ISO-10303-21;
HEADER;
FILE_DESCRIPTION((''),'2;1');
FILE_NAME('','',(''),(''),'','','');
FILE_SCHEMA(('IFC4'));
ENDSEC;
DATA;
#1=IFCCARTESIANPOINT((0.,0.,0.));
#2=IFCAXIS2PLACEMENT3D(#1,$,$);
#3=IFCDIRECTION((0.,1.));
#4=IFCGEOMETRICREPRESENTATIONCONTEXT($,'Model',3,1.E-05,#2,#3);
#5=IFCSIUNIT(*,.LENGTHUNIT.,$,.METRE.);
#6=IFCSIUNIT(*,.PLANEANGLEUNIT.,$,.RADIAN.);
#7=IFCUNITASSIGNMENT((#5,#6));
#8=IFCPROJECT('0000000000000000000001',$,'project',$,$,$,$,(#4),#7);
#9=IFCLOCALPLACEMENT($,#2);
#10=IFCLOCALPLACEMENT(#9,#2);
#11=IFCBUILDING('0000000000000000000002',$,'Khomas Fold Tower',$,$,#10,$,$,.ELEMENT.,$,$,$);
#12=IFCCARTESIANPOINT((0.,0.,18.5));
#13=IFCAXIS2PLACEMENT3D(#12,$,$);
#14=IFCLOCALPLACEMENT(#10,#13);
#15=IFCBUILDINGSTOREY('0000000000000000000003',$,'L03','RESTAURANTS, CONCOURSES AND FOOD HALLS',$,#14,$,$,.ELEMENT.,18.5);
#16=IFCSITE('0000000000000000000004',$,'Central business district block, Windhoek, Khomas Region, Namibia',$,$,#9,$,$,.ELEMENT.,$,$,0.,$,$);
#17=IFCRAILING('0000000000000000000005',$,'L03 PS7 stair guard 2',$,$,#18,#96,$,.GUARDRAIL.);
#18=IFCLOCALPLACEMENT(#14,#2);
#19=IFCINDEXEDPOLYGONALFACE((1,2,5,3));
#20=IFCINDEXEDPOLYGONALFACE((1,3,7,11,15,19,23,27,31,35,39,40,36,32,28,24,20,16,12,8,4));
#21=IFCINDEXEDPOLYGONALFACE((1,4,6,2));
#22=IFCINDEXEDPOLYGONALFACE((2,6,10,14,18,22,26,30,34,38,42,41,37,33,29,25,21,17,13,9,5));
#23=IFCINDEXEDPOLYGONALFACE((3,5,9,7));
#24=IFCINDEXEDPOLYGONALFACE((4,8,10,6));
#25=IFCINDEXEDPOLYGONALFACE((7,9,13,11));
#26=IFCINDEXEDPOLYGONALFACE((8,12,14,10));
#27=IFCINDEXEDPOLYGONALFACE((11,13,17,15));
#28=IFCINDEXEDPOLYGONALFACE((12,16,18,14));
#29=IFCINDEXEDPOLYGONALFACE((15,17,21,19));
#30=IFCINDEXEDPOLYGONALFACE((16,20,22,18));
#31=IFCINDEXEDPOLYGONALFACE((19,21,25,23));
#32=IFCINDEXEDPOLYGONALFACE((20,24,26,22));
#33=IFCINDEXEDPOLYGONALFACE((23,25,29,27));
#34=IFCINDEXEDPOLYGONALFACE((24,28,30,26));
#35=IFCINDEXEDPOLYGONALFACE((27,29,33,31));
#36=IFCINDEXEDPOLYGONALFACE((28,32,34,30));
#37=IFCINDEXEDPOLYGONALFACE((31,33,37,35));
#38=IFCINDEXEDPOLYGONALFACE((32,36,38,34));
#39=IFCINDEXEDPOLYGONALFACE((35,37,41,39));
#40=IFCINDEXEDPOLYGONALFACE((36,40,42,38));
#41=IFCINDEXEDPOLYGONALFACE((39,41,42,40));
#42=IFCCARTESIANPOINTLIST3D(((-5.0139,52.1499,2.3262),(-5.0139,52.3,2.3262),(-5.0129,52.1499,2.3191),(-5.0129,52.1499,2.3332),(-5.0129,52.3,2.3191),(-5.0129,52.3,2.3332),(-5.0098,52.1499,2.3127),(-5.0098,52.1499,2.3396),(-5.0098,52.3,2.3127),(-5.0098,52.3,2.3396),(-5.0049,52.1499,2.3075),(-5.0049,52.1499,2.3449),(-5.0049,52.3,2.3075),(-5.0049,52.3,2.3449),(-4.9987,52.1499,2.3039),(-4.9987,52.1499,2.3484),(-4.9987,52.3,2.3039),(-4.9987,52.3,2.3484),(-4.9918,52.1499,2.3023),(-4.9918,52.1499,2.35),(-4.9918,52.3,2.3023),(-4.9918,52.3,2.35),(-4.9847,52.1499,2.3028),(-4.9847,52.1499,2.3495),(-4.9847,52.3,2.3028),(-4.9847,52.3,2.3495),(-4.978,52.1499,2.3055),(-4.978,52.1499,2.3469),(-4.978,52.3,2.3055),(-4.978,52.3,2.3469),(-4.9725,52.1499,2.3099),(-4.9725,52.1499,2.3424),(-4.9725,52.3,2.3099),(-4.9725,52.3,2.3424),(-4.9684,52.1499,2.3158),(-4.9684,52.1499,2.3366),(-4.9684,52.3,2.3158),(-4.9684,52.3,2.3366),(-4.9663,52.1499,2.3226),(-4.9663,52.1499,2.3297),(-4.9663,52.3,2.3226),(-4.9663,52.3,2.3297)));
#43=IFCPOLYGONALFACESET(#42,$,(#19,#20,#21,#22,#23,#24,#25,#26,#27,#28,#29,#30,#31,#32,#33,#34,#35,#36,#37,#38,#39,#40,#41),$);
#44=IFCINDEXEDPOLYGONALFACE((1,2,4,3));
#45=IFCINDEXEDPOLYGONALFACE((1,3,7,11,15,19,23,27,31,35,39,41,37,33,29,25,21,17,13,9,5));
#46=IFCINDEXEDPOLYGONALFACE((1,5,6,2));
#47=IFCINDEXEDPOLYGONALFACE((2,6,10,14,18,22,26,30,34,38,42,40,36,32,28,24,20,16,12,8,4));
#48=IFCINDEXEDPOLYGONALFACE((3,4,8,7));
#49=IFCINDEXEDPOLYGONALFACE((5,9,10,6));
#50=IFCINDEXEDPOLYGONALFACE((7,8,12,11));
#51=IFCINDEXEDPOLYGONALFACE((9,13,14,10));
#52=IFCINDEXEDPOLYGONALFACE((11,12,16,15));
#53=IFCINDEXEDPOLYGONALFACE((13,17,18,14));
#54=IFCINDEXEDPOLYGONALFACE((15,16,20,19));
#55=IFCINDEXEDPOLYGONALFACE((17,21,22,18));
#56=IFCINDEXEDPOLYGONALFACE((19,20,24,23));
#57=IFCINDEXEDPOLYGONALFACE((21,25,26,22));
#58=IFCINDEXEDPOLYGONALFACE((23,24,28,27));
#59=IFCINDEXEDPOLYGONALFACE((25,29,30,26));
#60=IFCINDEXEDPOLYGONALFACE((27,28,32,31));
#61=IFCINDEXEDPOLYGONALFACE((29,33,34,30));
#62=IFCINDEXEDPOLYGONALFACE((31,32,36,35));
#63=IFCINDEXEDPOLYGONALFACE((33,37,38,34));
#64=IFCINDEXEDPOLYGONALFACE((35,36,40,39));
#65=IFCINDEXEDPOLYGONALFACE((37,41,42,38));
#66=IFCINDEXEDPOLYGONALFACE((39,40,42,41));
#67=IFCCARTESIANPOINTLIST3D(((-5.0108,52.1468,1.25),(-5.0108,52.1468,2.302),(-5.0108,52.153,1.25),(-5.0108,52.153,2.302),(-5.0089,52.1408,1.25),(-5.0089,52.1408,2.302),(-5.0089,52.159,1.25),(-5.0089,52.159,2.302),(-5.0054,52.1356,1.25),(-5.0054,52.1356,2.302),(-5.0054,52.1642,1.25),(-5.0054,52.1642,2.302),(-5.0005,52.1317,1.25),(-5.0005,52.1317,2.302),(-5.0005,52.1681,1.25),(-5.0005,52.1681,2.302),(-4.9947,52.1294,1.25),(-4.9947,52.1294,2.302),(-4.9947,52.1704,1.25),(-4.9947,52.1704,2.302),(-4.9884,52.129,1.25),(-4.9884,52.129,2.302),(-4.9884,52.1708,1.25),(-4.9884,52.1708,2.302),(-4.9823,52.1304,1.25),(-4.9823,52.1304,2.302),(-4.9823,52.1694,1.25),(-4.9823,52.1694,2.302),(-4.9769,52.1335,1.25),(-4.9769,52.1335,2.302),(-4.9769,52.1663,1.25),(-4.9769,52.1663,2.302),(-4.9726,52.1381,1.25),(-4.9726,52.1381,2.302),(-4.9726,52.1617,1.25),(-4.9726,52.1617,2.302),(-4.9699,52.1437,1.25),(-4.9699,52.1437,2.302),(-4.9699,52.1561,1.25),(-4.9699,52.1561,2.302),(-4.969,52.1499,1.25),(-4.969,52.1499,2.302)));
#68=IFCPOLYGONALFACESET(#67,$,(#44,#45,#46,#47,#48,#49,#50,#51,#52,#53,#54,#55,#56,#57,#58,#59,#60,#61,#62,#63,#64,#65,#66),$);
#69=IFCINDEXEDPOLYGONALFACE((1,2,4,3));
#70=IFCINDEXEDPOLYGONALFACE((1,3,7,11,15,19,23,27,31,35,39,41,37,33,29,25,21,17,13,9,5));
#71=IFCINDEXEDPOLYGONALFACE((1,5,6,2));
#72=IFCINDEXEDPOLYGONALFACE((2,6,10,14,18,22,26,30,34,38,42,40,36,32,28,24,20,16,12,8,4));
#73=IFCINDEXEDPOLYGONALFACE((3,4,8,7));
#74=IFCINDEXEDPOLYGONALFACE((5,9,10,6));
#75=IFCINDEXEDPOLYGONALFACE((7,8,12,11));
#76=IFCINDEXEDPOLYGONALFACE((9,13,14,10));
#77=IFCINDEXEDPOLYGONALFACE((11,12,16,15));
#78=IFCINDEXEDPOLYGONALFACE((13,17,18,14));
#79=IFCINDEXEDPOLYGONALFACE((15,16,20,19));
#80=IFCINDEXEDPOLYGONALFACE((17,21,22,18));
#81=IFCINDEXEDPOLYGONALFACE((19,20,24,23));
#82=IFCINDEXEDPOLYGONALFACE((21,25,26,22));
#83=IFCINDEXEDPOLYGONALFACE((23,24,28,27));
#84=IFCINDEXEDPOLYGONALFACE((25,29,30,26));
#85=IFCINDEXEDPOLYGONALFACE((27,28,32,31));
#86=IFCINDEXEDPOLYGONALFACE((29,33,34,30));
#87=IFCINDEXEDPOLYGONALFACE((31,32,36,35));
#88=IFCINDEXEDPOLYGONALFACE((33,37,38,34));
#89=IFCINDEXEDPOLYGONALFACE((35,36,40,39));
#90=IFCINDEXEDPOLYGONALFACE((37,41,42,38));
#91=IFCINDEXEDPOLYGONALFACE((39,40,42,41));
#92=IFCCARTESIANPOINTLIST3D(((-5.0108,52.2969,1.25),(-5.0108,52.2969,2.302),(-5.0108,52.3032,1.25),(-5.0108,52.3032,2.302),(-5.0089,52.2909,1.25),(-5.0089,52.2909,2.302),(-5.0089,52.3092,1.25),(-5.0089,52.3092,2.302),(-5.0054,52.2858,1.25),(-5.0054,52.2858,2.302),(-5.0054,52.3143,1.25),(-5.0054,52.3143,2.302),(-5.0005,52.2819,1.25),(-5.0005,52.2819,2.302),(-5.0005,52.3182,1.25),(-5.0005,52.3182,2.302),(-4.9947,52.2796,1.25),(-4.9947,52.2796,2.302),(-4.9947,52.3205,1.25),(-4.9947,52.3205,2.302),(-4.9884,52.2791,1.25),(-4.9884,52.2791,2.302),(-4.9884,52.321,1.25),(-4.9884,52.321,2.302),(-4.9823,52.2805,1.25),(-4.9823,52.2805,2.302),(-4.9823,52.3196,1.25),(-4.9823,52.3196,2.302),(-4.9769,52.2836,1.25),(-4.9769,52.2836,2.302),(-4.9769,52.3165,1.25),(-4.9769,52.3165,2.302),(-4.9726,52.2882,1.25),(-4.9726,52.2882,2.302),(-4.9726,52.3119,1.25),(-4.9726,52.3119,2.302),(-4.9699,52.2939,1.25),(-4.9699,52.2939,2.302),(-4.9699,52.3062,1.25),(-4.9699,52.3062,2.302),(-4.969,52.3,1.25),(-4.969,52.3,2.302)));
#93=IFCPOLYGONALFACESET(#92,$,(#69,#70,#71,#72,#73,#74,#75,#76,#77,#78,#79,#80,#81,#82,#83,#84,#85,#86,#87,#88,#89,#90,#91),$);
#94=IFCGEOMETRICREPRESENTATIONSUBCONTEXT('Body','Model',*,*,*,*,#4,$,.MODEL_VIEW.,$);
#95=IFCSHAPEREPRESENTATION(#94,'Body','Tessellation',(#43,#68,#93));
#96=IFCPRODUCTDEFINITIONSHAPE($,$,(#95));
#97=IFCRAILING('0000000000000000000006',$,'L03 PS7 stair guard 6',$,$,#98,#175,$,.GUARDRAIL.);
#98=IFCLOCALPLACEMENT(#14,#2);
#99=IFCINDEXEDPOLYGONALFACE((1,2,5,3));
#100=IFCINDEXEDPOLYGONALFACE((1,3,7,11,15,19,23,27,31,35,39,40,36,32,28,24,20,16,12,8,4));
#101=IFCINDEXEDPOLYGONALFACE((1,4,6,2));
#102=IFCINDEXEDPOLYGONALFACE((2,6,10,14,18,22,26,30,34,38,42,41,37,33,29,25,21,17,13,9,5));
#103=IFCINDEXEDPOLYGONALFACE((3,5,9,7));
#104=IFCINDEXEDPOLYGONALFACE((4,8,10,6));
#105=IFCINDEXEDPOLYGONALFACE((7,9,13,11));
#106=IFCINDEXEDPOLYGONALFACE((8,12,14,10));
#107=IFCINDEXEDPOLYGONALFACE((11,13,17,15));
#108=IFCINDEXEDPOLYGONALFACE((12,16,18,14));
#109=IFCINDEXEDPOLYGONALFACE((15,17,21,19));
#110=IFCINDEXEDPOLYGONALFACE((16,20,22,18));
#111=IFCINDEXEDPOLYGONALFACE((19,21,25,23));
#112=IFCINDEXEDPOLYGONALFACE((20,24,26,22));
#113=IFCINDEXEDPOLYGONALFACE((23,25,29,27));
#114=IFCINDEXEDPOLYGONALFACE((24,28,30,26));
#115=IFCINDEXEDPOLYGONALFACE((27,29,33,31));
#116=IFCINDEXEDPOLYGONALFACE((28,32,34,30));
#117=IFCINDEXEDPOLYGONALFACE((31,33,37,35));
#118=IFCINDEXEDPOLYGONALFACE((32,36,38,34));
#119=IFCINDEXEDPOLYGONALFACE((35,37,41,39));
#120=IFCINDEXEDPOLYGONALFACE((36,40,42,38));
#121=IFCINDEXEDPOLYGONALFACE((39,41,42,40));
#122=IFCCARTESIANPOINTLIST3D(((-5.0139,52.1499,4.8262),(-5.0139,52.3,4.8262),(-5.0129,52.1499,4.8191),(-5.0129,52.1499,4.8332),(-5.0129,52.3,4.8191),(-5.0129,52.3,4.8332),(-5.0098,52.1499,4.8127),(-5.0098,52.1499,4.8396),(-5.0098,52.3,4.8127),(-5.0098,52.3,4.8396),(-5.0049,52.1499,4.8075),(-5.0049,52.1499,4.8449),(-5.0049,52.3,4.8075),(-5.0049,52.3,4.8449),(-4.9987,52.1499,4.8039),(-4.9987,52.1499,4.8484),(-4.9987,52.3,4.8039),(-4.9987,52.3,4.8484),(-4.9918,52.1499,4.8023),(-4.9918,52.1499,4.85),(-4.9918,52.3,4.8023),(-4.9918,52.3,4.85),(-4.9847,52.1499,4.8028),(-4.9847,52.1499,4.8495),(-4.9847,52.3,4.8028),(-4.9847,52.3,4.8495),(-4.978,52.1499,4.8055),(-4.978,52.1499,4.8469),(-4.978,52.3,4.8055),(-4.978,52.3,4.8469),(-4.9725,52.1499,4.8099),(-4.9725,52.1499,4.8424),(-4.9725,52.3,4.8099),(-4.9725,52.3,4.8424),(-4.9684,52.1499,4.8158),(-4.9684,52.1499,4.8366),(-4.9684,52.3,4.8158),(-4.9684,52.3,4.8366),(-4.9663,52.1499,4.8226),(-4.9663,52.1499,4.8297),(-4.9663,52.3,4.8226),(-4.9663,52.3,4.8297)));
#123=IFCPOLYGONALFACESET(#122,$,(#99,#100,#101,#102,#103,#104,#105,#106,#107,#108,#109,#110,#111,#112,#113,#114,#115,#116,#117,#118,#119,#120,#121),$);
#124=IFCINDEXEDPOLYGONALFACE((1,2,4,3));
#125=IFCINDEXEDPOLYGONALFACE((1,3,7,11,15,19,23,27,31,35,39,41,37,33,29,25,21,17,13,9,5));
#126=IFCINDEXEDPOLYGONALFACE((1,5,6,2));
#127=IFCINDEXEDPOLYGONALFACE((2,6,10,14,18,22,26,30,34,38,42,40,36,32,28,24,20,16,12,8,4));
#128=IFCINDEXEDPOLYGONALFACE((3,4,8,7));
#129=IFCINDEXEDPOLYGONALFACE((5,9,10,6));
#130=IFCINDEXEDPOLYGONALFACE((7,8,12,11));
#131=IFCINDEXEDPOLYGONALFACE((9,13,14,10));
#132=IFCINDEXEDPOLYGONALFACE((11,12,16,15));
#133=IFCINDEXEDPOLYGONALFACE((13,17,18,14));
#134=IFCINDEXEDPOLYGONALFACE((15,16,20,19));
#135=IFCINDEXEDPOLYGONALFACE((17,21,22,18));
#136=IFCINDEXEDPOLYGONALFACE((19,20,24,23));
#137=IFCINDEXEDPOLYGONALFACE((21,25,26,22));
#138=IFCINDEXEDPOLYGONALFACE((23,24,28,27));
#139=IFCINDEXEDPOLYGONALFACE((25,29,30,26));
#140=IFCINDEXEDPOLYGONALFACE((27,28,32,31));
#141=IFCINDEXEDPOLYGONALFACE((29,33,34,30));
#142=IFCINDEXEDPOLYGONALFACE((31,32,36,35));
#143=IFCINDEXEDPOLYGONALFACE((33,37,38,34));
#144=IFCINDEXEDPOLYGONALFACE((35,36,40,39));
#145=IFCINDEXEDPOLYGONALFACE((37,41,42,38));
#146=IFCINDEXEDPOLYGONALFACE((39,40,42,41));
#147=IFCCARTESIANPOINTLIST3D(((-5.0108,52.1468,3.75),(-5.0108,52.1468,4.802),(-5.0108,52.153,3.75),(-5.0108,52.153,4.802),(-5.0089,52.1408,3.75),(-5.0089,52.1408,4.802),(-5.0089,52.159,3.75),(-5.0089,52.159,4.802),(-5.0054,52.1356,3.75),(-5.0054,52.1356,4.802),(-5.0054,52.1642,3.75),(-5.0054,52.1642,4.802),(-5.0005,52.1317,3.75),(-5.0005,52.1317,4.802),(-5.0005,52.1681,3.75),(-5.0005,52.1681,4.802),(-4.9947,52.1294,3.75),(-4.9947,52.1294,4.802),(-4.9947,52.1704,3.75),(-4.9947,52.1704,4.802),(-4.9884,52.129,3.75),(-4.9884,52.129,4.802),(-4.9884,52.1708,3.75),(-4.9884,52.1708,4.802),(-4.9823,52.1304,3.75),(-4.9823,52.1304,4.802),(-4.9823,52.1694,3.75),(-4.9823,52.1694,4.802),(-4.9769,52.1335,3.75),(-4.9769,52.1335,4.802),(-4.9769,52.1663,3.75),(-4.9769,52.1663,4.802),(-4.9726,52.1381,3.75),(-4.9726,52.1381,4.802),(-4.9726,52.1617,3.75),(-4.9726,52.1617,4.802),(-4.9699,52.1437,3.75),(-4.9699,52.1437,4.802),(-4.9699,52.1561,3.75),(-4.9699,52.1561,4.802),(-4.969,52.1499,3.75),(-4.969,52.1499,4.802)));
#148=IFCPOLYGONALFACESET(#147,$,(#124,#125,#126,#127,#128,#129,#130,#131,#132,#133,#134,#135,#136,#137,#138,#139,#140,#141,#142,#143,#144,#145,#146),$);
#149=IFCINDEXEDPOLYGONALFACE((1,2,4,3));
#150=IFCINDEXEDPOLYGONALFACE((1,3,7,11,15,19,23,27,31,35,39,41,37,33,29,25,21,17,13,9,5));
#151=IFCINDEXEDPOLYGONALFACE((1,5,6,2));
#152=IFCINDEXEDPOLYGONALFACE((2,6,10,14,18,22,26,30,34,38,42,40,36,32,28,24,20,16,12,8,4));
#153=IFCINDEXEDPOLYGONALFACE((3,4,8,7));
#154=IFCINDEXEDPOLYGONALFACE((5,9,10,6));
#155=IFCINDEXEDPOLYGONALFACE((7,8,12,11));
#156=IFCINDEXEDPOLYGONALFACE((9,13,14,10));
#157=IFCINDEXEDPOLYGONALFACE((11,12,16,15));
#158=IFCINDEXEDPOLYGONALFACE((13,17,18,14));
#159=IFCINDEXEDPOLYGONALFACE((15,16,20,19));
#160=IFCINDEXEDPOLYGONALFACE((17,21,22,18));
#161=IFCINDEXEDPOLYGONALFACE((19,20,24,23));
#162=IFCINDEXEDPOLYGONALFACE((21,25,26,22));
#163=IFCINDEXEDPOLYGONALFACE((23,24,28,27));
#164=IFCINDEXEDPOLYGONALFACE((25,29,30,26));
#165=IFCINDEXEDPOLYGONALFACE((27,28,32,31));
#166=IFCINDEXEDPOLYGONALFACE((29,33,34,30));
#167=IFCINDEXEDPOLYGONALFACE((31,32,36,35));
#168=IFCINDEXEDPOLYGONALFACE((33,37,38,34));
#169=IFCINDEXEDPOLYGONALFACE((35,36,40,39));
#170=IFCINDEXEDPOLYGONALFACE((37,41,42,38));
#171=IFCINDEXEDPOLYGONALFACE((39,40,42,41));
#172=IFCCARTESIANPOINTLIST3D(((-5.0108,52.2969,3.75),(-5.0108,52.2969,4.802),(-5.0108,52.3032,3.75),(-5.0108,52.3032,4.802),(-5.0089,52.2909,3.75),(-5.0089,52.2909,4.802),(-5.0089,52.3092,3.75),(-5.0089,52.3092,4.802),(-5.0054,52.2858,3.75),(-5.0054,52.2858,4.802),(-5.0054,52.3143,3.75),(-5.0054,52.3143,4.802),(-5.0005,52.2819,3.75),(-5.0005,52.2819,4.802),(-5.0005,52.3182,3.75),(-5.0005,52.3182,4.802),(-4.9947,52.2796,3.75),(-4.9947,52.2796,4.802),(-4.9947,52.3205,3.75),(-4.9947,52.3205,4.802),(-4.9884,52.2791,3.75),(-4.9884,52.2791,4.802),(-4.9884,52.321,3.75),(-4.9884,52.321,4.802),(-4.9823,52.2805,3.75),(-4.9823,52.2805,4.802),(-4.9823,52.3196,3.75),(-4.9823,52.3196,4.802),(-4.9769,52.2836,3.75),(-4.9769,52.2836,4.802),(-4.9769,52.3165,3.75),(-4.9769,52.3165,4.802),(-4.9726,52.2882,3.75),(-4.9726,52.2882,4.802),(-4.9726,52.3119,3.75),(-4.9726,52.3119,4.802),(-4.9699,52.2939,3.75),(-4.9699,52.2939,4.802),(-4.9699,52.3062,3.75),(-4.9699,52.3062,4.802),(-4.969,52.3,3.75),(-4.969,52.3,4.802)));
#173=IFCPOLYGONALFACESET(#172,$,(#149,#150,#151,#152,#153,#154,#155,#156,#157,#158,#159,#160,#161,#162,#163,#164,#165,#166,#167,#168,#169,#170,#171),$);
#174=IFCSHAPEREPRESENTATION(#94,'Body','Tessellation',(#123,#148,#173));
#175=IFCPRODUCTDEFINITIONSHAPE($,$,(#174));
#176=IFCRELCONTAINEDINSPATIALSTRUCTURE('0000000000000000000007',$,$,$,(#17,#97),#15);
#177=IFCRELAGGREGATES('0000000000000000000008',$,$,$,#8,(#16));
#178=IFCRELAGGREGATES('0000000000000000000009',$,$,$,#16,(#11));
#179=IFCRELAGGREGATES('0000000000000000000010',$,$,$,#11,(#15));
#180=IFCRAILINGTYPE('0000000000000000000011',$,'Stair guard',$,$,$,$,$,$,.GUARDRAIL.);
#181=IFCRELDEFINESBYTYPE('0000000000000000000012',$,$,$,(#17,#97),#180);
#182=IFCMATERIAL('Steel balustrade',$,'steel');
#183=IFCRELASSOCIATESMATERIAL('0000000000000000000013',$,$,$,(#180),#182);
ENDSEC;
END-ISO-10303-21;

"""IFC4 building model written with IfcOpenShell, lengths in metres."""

from ifc_helpers import new_model, si_unit, direction, frame, origin, origin_2d, place, context, subcontext, project, spatial, circle, extrude, source, transform, mapped, material, type_object, element, save


model = new_model("IFC4")

# Units and contexts
model_context = context("Model", 3, precision=1e-05, world=origin(), true_north=direction((0.0, 1.0)))
body_context = subcontext(model_context, "Body", "Model", "MODEL_VIEW")
ifc_project = project(units=[si_unit("LENGTHUNIT", "METRE"), si_unit("PLANEANGLEUNIT", "RADIAN")], contexts=[model_context])

# Site, building, storey
site_placement = place(None, origin())
site = spatial("IfcSite", under=ifc_project, at=site_placement, Name="Central business district block, Windhoek, Khomas Region, Namibia", CompositionType="ELEMENT", RefElevation=0.0)
building_placement = place(site_placement, origin())
building = spatial("IfcBuilding", under=site, at=building_placement, Name="Khomas Fold Tower", CompositionType="ELEMENT")
storey_placement = place(building_placement, frame((0.0, 0.0, 18.5)))
storey = spatial("IfcBuildingStorey", under=building, at=storey_placement, Name="L03", Description="RESTAURANTS, CONCOURSES AND FOOD HALLS", CompositionType="ELEMENT", Elevation=18.5)

# Railings
ifc_material_1 = material(Name="Steel balustrade", Category="steel")
railing_type_1 = type_object("IfcRailingType", Name="Stair guard", PredefinedType="GUARDRAIL", material=ifc_material_1)
shared_shape_1 = source(origin(), body_context, "Body", "SweptSolid", [
    extrude(circle(Radius=0.0239, at=origin_2d()), frame((0.0, 0.0, 1.0762), z_axis=(0.0, 1.0, 0.0), x_axis=(-1.0, 0.0, 0.0)), (0.0, 0.0, 1.0), 0.1501),
    extrude(circle(Radius=0.021, at=origin_2d()), origin(), (0.0, 0.0, 1.0), 1.052),
    extrude(circle(Radius=0.021, at=origin_2d()), frame((0.0, 0.1501, 0.0)), (0.0, 0.0, 1.0), 1.052),
])
for number, where, name in (
    (1, (-4.99, 52.1499, 1.25), "L03 PS7 stair guard 2"),
    (2, (-4.99, 52.1499, 3.75), "L03 PS7 stair guard 6"),
):
    element("IfcRailing", number, at=place(storey_placement, frame(where)), inside=storey, type_object=railing_type_1, Name=name, PredefinedType="GUARDRAIL", context=body_context, shape_type="MappedRepresentation", body=[
        mapped(shared_shape_1, transform((0.0, 0.0, 0.0))),
    ])

save(model, "model.ifc")
